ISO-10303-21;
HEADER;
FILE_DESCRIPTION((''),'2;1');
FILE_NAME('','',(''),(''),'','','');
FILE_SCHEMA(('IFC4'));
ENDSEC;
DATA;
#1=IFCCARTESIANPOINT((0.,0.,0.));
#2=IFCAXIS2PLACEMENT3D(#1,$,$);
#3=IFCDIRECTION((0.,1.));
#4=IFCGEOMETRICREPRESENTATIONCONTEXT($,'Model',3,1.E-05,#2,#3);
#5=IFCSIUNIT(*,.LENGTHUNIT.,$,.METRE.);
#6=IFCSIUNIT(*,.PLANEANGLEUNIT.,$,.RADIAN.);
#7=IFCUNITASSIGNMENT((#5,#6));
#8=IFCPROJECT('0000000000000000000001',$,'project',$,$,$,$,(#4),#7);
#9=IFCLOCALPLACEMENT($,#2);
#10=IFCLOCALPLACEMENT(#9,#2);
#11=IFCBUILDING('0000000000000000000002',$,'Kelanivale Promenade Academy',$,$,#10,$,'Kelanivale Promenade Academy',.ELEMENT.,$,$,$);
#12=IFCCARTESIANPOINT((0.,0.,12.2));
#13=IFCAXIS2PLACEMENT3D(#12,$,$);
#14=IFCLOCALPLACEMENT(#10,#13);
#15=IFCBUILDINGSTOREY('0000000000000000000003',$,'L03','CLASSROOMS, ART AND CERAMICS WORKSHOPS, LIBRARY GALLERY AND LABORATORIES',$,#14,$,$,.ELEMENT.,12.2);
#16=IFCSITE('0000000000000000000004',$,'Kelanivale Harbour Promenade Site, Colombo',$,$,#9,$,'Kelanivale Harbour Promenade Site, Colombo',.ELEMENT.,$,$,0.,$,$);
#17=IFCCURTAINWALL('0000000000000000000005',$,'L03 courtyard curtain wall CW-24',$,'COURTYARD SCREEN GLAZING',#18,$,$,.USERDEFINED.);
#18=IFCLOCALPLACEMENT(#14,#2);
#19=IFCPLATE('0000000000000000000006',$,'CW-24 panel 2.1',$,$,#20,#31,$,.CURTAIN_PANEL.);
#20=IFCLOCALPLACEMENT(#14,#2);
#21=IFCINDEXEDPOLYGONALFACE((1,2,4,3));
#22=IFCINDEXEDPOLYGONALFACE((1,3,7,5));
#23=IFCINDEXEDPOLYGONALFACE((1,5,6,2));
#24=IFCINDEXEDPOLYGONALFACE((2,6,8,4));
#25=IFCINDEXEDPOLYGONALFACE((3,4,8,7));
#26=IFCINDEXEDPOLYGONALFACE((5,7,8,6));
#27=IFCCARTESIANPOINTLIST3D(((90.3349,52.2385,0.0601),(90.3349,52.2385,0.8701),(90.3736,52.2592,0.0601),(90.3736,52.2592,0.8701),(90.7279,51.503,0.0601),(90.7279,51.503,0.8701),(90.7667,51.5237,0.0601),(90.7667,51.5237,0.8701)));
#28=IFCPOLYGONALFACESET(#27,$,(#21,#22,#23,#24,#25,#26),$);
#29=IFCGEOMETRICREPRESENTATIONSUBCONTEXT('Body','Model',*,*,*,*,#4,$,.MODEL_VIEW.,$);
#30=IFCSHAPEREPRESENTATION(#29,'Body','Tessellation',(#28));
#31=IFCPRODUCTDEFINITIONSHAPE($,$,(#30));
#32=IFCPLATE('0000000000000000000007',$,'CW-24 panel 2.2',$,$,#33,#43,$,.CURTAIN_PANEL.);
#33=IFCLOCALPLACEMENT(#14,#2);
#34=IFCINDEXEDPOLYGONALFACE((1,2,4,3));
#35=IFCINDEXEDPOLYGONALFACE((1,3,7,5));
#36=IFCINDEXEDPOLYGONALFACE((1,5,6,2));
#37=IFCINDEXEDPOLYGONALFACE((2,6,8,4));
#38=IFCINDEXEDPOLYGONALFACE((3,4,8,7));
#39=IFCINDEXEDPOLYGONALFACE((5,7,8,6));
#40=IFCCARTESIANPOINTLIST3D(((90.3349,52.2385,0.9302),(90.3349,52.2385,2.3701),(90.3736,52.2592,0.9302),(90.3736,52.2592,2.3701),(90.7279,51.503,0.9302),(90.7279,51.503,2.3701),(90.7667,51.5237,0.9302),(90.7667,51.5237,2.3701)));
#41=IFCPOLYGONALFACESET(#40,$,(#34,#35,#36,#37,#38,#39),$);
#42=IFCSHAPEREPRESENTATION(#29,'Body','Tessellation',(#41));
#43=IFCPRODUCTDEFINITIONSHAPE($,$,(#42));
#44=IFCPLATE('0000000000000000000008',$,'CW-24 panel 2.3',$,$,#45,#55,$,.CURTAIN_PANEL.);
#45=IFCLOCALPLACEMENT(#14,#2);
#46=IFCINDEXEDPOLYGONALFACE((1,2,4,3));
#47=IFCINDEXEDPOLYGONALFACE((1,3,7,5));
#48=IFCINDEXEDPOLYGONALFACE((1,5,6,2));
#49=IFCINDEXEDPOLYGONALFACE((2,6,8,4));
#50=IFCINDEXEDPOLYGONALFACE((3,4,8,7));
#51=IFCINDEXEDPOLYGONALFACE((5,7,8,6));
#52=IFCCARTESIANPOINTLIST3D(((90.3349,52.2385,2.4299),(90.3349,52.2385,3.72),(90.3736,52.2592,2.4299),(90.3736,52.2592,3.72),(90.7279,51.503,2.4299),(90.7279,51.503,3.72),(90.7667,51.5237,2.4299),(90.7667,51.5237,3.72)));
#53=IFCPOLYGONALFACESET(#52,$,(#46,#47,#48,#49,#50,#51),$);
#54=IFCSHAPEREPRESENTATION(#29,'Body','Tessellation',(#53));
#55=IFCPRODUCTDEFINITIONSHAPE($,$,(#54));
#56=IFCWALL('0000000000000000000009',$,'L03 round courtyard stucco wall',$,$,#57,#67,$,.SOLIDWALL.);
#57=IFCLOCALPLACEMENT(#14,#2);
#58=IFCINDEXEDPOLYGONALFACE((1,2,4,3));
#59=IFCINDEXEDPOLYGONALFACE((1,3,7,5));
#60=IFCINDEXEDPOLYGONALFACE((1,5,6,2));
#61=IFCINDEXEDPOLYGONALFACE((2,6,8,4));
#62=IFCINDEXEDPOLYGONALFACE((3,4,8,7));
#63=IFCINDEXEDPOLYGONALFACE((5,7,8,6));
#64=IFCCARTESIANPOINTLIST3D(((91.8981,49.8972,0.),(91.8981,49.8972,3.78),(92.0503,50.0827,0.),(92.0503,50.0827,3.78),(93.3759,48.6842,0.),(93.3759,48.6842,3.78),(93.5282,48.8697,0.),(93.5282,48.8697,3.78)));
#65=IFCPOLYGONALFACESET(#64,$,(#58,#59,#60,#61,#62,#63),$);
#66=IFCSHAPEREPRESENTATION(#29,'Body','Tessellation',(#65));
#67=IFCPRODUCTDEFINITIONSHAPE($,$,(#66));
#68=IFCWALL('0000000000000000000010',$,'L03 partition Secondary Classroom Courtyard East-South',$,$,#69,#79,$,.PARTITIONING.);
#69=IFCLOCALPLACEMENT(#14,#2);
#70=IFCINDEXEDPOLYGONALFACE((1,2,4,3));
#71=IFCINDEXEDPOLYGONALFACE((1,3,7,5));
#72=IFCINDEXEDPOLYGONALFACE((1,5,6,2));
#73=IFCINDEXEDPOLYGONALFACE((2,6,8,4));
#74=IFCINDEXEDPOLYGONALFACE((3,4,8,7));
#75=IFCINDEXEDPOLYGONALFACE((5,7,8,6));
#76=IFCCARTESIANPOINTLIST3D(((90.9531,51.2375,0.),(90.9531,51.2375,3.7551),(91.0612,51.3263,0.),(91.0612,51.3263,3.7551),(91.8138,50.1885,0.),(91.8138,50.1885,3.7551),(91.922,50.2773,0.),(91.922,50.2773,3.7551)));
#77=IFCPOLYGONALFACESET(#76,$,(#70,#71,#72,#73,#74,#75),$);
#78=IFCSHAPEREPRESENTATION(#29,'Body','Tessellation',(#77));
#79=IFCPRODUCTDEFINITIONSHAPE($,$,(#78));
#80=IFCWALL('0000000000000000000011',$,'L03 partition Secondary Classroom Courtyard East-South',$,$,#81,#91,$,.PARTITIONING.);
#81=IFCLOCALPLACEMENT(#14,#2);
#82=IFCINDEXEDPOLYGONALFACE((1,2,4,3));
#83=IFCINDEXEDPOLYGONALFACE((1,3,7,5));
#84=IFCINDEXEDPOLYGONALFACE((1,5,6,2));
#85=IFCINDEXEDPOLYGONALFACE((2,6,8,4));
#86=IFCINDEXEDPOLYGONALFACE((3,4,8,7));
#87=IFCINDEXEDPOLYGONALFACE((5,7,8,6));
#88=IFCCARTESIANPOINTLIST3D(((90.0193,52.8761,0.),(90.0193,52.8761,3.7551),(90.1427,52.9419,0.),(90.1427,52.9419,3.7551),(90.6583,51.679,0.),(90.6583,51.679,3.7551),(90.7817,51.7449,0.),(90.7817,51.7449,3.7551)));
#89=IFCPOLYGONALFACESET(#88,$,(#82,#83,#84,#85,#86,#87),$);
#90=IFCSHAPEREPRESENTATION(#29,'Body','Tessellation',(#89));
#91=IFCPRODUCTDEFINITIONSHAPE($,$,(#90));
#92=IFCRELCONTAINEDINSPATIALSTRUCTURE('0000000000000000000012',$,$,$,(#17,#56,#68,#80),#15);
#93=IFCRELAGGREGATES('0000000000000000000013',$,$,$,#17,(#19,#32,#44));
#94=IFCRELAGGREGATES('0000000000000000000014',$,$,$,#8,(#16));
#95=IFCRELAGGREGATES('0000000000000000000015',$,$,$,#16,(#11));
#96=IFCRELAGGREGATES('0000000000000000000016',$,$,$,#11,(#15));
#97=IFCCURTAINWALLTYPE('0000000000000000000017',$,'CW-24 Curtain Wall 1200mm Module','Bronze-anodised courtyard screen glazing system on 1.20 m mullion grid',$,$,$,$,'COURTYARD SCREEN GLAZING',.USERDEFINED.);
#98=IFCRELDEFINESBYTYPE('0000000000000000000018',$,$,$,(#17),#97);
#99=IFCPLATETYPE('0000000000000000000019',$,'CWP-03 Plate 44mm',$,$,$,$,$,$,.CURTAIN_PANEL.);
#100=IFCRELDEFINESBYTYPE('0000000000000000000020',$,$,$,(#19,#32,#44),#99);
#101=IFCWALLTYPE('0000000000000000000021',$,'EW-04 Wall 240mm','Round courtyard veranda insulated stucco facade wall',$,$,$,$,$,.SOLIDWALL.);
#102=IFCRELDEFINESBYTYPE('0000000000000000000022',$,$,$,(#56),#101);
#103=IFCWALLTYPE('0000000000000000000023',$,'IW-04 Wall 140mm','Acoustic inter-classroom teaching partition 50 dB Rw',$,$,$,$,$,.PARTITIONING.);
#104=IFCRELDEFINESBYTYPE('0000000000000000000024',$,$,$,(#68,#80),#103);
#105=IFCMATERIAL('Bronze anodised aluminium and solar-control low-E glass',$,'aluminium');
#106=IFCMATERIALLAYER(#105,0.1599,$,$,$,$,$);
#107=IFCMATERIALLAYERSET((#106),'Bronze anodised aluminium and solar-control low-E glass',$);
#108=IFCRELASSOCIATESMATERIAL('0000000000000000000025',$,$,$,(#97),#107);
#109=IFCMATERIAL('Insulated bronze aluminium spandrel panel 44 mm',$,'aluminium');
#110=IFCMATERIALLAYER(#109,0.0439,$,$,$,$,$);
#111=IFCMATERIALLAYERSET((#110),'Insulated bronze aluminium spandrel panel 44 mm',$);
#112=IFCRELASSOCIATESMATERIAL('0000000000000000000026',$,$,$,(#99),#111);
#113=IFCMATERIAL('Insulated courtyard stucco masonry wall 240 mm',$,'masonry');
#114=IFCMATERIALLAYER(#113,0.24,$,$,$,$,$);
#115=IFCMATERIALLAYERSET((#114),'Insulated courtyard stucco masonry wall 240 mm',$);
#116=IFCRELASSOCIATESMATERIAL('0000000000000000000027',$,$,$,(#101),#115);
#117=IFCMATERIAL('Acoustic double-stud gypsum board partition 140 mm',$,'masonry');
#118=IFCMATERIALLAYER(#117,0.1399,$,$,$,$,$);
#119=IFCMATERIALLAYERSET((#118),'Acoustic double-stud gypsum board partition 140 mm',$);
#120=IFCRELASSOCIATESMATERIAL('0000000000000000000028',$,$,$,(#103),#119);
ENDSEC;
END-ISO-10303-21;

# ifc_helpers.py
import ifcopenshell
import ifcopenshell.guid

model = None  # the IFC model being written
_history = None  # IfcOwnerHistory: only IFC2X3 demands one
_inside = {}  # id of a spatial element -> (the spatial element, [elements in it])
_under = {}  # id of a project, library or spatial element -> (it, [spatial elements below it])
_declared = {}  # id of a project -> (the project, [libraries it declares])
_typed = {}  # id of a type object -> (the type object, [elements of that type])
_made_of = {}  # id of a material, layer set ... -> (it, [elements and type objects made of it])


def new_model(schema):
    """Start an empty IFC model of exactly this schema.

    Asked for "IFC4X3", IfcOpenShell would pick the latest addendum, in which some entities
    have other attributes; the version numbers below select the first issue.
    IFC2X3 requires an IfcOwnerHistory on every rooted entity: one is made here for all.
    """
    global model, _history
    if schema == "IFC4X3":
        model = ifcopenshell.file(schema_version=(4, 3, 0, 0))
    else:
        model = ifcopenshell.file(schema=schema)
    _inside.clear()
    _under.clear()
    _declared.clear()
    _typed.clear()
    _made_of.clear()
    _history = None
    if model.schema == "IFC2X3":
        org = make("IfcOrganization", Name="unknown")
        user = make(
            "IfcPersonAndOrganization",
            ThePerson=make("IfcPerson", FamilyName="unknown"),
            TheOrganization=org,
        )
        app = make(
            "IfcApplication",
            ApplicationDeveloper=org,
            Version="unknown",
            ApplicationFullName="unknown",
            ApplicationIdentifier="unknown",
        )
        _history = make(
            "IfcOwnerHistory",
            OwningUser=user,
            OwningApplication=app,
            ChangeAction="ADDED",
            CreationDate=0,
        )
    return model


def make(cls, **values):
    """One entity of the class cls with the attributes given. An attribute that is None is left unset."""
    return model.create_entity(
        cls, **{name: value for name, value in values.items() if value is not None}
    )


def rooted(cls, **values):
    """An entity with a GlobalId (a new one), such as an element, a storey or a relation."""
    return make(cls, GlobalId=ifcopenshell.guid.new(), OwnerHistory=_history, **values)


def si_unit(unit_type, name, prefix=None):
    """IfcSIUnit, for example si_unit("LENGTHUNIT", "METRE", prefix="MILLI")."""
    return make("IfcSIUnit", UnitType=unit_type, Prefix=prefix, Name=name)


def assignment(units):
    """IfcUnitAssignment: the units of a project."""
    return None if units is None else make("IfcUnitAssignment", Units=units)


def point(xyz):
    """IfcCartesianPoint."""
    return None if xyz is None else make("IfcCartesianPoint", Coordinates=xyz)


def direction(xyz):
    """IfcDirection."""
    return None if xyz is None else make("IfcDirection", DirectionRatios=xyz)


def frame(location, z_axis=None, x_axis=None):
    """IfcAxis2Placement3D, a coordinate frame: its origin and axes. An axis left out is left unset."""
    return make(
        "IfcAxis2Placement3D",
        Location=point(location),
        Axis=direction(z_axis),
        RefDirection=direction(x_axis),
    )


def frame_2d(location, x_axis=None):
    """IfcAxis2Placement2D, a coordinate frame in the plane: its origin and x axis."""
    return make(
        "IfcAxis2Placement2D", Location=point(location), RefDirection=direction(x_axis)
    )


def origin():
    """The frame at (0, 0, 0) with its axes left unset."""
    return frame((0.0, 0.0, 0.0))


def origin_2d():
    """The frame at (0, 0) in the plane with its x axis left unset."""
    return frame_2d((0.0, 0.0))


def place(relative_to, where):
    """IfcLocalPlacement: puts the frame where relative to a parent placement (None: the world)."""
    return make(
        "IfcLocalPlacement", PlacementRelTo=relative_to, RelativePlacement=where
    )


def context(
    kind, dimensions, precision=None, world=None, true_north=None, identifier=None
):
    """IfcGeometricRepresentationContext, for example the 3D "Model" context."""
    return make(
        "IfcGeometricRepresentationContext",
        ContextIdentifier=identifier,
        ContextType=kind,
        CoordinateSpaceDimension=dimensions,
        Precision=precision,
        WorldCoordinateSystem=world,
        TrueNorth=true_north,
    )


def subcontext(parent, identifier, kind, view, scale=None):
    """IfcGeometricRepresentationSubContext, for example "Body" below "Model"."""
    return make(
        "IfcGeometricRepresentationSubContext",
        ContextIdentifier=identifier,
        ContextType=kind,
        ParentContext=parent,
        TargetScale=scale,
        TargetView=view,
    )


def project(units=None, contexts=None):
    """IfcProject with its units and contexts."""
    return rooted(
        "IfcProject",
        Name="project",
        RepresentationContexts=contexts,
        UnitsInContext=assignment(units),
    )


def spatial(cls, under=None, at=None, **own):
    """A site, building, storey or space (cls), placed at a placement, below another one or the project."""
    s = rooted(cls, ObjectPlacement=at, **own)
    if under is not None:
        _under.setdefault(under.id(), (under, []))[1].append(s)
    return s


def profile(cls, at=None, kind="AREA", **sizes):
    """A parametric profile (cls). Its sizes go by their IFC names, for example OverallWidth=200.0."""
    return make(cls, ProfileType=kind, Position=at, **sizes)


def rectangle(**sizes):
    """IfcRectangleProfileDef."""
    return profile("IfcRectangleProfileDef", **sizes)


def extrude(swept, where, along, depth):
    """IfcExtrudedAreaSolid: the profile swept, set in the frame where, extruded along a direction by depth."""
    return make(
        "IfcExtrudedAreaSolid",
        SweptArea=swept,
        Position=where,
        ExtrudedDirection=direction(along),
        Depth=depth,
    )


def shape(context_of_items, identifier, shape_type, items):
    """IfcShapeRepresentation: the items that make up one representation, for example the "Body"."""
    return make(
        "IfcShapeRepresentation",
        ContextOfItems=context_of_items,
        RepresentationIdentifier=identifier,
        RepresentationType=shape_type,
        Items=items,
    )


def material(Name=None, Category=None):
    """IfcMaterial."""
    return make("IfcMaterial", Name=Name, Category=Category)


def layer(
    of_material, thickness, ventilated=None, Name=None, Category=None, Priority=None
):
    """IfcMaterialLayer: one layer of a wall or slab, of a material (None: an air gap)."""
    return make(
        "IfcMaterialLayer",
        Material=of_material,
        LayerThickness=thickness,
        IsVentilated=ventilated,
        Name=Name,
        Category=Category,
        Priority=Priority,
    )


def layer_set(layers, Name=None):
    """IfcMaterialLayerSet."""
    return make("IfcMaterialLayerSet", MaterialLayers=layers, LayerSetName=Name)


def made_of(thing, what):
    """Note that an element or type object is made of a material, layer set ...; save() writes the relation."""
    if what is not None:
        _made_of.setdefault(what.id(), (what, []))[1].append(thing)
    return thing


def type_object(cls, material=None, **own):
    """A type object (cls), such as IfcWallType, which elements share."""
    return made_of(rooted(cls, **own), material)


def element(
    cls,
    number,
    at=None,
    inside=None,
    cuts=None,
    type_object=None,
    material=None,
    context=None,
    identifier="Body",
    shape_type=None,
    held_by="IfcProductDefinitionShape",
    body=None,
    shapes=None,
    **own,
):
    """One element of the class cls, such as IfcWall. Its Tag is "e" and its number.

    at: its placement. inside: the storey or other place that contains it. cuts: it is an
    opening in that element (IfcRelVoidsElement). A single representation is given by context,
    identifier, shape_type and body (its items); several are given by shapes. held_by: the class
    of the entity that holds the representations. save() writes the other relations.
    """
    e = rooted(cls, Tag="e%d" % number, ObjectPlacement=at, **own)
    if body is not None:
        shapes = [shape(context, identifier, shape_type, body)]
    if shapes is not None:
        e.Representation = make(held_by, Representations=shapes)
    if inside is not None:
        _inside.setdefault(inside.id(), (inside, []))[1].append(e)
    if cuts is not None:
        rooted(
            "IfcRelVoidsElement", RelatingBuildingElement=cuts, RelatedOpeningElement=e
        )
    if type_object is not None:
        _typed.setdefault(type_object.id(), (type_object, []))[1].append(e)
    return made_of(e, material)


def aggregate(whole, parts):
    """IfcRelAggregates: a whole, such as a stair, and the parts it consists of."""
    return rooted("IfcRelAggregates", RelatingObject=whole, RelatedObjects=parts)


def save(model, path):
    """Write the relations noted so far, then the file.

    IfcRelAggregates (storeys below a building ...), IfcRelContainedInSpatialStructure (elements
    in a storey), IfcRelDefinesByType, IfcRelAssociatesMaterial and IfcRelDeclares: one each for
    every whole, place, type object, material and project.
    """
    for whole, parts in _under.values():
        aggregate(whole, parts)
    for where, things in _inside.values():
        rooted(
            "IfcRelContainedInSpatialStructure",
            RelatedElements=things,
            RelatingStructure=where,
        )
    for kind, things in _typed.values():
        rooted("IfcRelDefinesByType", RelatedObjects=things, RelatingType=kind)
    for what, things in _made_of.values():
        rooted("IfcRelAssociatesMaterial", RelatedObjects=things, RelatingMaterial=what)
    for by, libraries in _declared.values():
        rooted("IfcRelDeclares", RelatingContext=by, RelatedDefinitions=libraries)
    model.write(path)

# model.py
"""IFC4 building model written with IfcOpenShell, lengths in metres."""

from ifc_helpers import new_model, si_unit, direction, frame, frame_2d, origin, origin_2d, place, context, subcontext, project, spatial, rectangle, extrude, material, layer, layer_set, type_object, element, aggregate, save


model = new_model("IFC4")

# Units and contexts
model_context = context("Model", 3, precision=1e-05, world=origin(), true_north=direction((0.0, 1.0)))
body_context = subcontext(model_context, "Body", "Model", "MODEL_VIEW")
ifc_project = project(units=[si_unit("LENGTHUNIT", "METRE"), si_unit("PLANEANGLEUNIT", "RADIAN")], contexts=[model_context])

# Site, building, storey
site_placement = place(None, origin())
site = spatial("IfcSite", under=ifc_project, at=site_placement, Name="Kelanivale Harbour Promenade Site, Colombo", LongName="Kelanivale Harbour Promenade Site, Colombo", CompositionType="ELEMENT", RefElevation=0.0)
building_placement = place(site_placement, origin())
building = spatial("IfcBuilding", under=site, at=building_placement, Name="Kelanivale Promenade Academy", LongName="Kelanivale Promenade Academy", CompositionType="ELEMENT")
storey_placement = place(building_placement, frame((0.0, 0.0, 12.2)))
storey = spatial("IfcBuildingStorey", under=building, at=storey_placement, Name="L03", Description="CLASSROOMS, ART AND CERAMICS WORKSHOPS, LIBRARY GALLERY AND LABORATORIES", CompositionType="ELEMENT", Elevation=12.2)

# Shared definitions
ifc_material_1 = material(Name="Bronze anodised aluminium and solar-control low-E glass", Category="aluminium")

# Curtain wall
ifc_layer_1 = layer(ifc_material_1, 0.1599)
ifc_layer_set_1 = layer_set([ifc_layer_1], Name="Bronze anodised aluminium and solar-control low-E glass")
curtain_wall_type_1 = type_object("IfcCurtainWallType", Name="CW-24 Curtain Wall 1200mm Module", Description="Bronze-anodised courtyard screen glazing system on 1.20 m mullion grid", ElementType="COURTYARD SCREEN GLAZING", PredefinedType="USERDEFINED", material=ifc_layer_set_1)
curtain_wall_1_placement = place(storey_placement, origin())
curtain_wall_1 = element("IfcCurtainWall", 1, at=curtain_wall_1_placement, inside=storey, type_object=curtain_wall_type_1, Name="L03 courtyard curtain wall CW-24", ObjectType="COURTYARD SCREEN GLAZING", PredefinedType="USERDEFINED")

# Plates
ifc_material_2 = material(Name="Insulated bronze aluminium spandrel panel 44 mm", Category="aluminium")
ifc_layer_2 = layer(ifc_material_2, 0.0439)
ifc_layer_set_2 = layer_set([ifc_layer_2], Name="Insulated bronze aluminium spandrel panel 44 mm")
plate_type_1 = type_object("IfcPlateType", Name="CWP-03 Plate 44mm", PredefinedType="CURTAIN_PANEL", material=ifc_layer_set_2)
plate_1_placement = place(storey_placement, frame((90.5508, 51.8811, 0.0601), z_axis=(0.0, 0.0, 1.0), x_axis=(0.471312, -0.881966, 0.0)))
plate_1 = element("IfcPlate", 2, at=plate_1_placement, type_object=plate_type_1, Name="CW-24 panel 2.1", PredefinedType="CURTAIN_PANEL", context=body_context, shape_type="SweptSolid", body=[
    extrude(rectangle(XDim=0.834, YDim=0.0439, at=origin_2d()), origin(), (0.0, 0.0, 1.0), 0.8101),
])
plate_2_placement = place(storey_placement, frame((90.5508, 51.8811, 0.9302), z_axis=(0.0, 0.0, 1.0), x_axis=(0.471312, -0.881966, 0.0)))
plate_2 = element("IfcPlate", 3, at=plate_2_placement, type_object=plate_type_1, Name="CW-24 panel 2.2", PredefinedType="CURTAIN_PANEL", context=body_context, shape_type="SweptSolid", body=[
    extrude(rectangle(XDim=0.834, YDim=0.0439, at=origin_2d()), origin(), (0.0, 0.0, 1.0), 1.4399),
])
plate_3_placement = place(storey_placement, frame((90.5508, 51.8811, 2.4299), z_axis=(0.0, 0.0, 1.0), x_axis=(0.471312, -0.881966, 0.0)))
plate_3 = element("IfcPlate", 4, at=plate_3_placement, type_object=plate_type_1, Name="CW-24 panel 2.3", PredefinedType="CURTAIN_PANEL", context=body_context, shape_type="SweptSolid", body=[
    extrude(rectangle(XDim=0.834, YDim=0.0439, at=origin_2d()), origin(), (0.0, 0.0, 1.0), 1.29),
])
aggregate(curtain_wall_1, [plate_1, plate_2, plate_3])

# Walls
ifc_material_3 = material(Name="Insulated courtyard stucco masonry wall 240 mm", Category="masonry")
ifc_layer_3 = layer(ifc_material_3, 0.24)
ifc_layer_set_3 = layer_set([ifc_layer_3], Name="Insulated courtyard stucco masonry wall 240 mm")
wall_type_1 = type_object("IfcWallType", Name="EW-04 Wall 240mm", Description="Round courtyard veranda insulated stucco facade wall", PredefinedType="SOLIDWALL", material=ifc_layer_set_3)
wall_placement = place(storey_placement, frame((91.9741, 49.99, 0.0), z_axis=(0.0, 0.0, 1.0), x_axis=(0.772983, -0.634426, 0.0)))
element("IfcWall", 5, at=wall_placement, inside=storey, type_object=wall_type_1, Name="L03 round courtyard stucco wall", PredefinedType="SOLIDWALL", context=body_context, shape_type="SweptSolid", body=[
    extrude(rectangle(XDim=1.9119, YDim=0.24, at=frame_2d((0.9561, 0.0))), origin(), (0.0, 0.0, 1.0), 3.78),
])
ifc_material_4 = material(Name="Acoustic double-stud gypsum board partition 140 mm", Category="masonry")
ifc_layer_4 = layer(ifc_material_4, 0.1399)
ifc_layer_set_4 = layer_set([ifc_layer_4], Name="Acoustic double-stud gypsum board partition 140 mm")
wall_type_2 = type_object("IfcWallType", Name="IW-04 Wall 140mm", Description="Acoustic inter-classroom teaching partition 50 dB Rw", PredefinedType="PARTITIONING", material=ifc_layer_set_4)
for number, where, z_axis, x_axis, name in (
    (6, (91.8679, 50.2329, 0.0), (0.0, 0.0, 1.0), (-0.634344, 0.773051, 0.0), "L03 partition Secondary Classroom Courtyard East-South"),
    (7, (90.72, 51.7119, 0.0), (0.0, 0.0, 1.0), (-0.470878, 0.882198, 0.0), "L03 partition Secondary Classroom Courtyard East-South"),
):
    element("IfcWall", number, at=place(storey_placement, frame(where, z_axis=z_axis, x_axis=x_axis)), inside=storey, type_object=wall_type_2, Name=name, PredefinedType="PARTITIONING", context=body_context, shape_type="SweptSolid", body=[
        extrude(rectangle(XDim=1.3569, YDim=0.1399, at=frame_2d((0.6785, 0.0))), origin(), (0.0, 0.0, 1.0), 3.7551),
    ])

save(model, "model.ifc")
